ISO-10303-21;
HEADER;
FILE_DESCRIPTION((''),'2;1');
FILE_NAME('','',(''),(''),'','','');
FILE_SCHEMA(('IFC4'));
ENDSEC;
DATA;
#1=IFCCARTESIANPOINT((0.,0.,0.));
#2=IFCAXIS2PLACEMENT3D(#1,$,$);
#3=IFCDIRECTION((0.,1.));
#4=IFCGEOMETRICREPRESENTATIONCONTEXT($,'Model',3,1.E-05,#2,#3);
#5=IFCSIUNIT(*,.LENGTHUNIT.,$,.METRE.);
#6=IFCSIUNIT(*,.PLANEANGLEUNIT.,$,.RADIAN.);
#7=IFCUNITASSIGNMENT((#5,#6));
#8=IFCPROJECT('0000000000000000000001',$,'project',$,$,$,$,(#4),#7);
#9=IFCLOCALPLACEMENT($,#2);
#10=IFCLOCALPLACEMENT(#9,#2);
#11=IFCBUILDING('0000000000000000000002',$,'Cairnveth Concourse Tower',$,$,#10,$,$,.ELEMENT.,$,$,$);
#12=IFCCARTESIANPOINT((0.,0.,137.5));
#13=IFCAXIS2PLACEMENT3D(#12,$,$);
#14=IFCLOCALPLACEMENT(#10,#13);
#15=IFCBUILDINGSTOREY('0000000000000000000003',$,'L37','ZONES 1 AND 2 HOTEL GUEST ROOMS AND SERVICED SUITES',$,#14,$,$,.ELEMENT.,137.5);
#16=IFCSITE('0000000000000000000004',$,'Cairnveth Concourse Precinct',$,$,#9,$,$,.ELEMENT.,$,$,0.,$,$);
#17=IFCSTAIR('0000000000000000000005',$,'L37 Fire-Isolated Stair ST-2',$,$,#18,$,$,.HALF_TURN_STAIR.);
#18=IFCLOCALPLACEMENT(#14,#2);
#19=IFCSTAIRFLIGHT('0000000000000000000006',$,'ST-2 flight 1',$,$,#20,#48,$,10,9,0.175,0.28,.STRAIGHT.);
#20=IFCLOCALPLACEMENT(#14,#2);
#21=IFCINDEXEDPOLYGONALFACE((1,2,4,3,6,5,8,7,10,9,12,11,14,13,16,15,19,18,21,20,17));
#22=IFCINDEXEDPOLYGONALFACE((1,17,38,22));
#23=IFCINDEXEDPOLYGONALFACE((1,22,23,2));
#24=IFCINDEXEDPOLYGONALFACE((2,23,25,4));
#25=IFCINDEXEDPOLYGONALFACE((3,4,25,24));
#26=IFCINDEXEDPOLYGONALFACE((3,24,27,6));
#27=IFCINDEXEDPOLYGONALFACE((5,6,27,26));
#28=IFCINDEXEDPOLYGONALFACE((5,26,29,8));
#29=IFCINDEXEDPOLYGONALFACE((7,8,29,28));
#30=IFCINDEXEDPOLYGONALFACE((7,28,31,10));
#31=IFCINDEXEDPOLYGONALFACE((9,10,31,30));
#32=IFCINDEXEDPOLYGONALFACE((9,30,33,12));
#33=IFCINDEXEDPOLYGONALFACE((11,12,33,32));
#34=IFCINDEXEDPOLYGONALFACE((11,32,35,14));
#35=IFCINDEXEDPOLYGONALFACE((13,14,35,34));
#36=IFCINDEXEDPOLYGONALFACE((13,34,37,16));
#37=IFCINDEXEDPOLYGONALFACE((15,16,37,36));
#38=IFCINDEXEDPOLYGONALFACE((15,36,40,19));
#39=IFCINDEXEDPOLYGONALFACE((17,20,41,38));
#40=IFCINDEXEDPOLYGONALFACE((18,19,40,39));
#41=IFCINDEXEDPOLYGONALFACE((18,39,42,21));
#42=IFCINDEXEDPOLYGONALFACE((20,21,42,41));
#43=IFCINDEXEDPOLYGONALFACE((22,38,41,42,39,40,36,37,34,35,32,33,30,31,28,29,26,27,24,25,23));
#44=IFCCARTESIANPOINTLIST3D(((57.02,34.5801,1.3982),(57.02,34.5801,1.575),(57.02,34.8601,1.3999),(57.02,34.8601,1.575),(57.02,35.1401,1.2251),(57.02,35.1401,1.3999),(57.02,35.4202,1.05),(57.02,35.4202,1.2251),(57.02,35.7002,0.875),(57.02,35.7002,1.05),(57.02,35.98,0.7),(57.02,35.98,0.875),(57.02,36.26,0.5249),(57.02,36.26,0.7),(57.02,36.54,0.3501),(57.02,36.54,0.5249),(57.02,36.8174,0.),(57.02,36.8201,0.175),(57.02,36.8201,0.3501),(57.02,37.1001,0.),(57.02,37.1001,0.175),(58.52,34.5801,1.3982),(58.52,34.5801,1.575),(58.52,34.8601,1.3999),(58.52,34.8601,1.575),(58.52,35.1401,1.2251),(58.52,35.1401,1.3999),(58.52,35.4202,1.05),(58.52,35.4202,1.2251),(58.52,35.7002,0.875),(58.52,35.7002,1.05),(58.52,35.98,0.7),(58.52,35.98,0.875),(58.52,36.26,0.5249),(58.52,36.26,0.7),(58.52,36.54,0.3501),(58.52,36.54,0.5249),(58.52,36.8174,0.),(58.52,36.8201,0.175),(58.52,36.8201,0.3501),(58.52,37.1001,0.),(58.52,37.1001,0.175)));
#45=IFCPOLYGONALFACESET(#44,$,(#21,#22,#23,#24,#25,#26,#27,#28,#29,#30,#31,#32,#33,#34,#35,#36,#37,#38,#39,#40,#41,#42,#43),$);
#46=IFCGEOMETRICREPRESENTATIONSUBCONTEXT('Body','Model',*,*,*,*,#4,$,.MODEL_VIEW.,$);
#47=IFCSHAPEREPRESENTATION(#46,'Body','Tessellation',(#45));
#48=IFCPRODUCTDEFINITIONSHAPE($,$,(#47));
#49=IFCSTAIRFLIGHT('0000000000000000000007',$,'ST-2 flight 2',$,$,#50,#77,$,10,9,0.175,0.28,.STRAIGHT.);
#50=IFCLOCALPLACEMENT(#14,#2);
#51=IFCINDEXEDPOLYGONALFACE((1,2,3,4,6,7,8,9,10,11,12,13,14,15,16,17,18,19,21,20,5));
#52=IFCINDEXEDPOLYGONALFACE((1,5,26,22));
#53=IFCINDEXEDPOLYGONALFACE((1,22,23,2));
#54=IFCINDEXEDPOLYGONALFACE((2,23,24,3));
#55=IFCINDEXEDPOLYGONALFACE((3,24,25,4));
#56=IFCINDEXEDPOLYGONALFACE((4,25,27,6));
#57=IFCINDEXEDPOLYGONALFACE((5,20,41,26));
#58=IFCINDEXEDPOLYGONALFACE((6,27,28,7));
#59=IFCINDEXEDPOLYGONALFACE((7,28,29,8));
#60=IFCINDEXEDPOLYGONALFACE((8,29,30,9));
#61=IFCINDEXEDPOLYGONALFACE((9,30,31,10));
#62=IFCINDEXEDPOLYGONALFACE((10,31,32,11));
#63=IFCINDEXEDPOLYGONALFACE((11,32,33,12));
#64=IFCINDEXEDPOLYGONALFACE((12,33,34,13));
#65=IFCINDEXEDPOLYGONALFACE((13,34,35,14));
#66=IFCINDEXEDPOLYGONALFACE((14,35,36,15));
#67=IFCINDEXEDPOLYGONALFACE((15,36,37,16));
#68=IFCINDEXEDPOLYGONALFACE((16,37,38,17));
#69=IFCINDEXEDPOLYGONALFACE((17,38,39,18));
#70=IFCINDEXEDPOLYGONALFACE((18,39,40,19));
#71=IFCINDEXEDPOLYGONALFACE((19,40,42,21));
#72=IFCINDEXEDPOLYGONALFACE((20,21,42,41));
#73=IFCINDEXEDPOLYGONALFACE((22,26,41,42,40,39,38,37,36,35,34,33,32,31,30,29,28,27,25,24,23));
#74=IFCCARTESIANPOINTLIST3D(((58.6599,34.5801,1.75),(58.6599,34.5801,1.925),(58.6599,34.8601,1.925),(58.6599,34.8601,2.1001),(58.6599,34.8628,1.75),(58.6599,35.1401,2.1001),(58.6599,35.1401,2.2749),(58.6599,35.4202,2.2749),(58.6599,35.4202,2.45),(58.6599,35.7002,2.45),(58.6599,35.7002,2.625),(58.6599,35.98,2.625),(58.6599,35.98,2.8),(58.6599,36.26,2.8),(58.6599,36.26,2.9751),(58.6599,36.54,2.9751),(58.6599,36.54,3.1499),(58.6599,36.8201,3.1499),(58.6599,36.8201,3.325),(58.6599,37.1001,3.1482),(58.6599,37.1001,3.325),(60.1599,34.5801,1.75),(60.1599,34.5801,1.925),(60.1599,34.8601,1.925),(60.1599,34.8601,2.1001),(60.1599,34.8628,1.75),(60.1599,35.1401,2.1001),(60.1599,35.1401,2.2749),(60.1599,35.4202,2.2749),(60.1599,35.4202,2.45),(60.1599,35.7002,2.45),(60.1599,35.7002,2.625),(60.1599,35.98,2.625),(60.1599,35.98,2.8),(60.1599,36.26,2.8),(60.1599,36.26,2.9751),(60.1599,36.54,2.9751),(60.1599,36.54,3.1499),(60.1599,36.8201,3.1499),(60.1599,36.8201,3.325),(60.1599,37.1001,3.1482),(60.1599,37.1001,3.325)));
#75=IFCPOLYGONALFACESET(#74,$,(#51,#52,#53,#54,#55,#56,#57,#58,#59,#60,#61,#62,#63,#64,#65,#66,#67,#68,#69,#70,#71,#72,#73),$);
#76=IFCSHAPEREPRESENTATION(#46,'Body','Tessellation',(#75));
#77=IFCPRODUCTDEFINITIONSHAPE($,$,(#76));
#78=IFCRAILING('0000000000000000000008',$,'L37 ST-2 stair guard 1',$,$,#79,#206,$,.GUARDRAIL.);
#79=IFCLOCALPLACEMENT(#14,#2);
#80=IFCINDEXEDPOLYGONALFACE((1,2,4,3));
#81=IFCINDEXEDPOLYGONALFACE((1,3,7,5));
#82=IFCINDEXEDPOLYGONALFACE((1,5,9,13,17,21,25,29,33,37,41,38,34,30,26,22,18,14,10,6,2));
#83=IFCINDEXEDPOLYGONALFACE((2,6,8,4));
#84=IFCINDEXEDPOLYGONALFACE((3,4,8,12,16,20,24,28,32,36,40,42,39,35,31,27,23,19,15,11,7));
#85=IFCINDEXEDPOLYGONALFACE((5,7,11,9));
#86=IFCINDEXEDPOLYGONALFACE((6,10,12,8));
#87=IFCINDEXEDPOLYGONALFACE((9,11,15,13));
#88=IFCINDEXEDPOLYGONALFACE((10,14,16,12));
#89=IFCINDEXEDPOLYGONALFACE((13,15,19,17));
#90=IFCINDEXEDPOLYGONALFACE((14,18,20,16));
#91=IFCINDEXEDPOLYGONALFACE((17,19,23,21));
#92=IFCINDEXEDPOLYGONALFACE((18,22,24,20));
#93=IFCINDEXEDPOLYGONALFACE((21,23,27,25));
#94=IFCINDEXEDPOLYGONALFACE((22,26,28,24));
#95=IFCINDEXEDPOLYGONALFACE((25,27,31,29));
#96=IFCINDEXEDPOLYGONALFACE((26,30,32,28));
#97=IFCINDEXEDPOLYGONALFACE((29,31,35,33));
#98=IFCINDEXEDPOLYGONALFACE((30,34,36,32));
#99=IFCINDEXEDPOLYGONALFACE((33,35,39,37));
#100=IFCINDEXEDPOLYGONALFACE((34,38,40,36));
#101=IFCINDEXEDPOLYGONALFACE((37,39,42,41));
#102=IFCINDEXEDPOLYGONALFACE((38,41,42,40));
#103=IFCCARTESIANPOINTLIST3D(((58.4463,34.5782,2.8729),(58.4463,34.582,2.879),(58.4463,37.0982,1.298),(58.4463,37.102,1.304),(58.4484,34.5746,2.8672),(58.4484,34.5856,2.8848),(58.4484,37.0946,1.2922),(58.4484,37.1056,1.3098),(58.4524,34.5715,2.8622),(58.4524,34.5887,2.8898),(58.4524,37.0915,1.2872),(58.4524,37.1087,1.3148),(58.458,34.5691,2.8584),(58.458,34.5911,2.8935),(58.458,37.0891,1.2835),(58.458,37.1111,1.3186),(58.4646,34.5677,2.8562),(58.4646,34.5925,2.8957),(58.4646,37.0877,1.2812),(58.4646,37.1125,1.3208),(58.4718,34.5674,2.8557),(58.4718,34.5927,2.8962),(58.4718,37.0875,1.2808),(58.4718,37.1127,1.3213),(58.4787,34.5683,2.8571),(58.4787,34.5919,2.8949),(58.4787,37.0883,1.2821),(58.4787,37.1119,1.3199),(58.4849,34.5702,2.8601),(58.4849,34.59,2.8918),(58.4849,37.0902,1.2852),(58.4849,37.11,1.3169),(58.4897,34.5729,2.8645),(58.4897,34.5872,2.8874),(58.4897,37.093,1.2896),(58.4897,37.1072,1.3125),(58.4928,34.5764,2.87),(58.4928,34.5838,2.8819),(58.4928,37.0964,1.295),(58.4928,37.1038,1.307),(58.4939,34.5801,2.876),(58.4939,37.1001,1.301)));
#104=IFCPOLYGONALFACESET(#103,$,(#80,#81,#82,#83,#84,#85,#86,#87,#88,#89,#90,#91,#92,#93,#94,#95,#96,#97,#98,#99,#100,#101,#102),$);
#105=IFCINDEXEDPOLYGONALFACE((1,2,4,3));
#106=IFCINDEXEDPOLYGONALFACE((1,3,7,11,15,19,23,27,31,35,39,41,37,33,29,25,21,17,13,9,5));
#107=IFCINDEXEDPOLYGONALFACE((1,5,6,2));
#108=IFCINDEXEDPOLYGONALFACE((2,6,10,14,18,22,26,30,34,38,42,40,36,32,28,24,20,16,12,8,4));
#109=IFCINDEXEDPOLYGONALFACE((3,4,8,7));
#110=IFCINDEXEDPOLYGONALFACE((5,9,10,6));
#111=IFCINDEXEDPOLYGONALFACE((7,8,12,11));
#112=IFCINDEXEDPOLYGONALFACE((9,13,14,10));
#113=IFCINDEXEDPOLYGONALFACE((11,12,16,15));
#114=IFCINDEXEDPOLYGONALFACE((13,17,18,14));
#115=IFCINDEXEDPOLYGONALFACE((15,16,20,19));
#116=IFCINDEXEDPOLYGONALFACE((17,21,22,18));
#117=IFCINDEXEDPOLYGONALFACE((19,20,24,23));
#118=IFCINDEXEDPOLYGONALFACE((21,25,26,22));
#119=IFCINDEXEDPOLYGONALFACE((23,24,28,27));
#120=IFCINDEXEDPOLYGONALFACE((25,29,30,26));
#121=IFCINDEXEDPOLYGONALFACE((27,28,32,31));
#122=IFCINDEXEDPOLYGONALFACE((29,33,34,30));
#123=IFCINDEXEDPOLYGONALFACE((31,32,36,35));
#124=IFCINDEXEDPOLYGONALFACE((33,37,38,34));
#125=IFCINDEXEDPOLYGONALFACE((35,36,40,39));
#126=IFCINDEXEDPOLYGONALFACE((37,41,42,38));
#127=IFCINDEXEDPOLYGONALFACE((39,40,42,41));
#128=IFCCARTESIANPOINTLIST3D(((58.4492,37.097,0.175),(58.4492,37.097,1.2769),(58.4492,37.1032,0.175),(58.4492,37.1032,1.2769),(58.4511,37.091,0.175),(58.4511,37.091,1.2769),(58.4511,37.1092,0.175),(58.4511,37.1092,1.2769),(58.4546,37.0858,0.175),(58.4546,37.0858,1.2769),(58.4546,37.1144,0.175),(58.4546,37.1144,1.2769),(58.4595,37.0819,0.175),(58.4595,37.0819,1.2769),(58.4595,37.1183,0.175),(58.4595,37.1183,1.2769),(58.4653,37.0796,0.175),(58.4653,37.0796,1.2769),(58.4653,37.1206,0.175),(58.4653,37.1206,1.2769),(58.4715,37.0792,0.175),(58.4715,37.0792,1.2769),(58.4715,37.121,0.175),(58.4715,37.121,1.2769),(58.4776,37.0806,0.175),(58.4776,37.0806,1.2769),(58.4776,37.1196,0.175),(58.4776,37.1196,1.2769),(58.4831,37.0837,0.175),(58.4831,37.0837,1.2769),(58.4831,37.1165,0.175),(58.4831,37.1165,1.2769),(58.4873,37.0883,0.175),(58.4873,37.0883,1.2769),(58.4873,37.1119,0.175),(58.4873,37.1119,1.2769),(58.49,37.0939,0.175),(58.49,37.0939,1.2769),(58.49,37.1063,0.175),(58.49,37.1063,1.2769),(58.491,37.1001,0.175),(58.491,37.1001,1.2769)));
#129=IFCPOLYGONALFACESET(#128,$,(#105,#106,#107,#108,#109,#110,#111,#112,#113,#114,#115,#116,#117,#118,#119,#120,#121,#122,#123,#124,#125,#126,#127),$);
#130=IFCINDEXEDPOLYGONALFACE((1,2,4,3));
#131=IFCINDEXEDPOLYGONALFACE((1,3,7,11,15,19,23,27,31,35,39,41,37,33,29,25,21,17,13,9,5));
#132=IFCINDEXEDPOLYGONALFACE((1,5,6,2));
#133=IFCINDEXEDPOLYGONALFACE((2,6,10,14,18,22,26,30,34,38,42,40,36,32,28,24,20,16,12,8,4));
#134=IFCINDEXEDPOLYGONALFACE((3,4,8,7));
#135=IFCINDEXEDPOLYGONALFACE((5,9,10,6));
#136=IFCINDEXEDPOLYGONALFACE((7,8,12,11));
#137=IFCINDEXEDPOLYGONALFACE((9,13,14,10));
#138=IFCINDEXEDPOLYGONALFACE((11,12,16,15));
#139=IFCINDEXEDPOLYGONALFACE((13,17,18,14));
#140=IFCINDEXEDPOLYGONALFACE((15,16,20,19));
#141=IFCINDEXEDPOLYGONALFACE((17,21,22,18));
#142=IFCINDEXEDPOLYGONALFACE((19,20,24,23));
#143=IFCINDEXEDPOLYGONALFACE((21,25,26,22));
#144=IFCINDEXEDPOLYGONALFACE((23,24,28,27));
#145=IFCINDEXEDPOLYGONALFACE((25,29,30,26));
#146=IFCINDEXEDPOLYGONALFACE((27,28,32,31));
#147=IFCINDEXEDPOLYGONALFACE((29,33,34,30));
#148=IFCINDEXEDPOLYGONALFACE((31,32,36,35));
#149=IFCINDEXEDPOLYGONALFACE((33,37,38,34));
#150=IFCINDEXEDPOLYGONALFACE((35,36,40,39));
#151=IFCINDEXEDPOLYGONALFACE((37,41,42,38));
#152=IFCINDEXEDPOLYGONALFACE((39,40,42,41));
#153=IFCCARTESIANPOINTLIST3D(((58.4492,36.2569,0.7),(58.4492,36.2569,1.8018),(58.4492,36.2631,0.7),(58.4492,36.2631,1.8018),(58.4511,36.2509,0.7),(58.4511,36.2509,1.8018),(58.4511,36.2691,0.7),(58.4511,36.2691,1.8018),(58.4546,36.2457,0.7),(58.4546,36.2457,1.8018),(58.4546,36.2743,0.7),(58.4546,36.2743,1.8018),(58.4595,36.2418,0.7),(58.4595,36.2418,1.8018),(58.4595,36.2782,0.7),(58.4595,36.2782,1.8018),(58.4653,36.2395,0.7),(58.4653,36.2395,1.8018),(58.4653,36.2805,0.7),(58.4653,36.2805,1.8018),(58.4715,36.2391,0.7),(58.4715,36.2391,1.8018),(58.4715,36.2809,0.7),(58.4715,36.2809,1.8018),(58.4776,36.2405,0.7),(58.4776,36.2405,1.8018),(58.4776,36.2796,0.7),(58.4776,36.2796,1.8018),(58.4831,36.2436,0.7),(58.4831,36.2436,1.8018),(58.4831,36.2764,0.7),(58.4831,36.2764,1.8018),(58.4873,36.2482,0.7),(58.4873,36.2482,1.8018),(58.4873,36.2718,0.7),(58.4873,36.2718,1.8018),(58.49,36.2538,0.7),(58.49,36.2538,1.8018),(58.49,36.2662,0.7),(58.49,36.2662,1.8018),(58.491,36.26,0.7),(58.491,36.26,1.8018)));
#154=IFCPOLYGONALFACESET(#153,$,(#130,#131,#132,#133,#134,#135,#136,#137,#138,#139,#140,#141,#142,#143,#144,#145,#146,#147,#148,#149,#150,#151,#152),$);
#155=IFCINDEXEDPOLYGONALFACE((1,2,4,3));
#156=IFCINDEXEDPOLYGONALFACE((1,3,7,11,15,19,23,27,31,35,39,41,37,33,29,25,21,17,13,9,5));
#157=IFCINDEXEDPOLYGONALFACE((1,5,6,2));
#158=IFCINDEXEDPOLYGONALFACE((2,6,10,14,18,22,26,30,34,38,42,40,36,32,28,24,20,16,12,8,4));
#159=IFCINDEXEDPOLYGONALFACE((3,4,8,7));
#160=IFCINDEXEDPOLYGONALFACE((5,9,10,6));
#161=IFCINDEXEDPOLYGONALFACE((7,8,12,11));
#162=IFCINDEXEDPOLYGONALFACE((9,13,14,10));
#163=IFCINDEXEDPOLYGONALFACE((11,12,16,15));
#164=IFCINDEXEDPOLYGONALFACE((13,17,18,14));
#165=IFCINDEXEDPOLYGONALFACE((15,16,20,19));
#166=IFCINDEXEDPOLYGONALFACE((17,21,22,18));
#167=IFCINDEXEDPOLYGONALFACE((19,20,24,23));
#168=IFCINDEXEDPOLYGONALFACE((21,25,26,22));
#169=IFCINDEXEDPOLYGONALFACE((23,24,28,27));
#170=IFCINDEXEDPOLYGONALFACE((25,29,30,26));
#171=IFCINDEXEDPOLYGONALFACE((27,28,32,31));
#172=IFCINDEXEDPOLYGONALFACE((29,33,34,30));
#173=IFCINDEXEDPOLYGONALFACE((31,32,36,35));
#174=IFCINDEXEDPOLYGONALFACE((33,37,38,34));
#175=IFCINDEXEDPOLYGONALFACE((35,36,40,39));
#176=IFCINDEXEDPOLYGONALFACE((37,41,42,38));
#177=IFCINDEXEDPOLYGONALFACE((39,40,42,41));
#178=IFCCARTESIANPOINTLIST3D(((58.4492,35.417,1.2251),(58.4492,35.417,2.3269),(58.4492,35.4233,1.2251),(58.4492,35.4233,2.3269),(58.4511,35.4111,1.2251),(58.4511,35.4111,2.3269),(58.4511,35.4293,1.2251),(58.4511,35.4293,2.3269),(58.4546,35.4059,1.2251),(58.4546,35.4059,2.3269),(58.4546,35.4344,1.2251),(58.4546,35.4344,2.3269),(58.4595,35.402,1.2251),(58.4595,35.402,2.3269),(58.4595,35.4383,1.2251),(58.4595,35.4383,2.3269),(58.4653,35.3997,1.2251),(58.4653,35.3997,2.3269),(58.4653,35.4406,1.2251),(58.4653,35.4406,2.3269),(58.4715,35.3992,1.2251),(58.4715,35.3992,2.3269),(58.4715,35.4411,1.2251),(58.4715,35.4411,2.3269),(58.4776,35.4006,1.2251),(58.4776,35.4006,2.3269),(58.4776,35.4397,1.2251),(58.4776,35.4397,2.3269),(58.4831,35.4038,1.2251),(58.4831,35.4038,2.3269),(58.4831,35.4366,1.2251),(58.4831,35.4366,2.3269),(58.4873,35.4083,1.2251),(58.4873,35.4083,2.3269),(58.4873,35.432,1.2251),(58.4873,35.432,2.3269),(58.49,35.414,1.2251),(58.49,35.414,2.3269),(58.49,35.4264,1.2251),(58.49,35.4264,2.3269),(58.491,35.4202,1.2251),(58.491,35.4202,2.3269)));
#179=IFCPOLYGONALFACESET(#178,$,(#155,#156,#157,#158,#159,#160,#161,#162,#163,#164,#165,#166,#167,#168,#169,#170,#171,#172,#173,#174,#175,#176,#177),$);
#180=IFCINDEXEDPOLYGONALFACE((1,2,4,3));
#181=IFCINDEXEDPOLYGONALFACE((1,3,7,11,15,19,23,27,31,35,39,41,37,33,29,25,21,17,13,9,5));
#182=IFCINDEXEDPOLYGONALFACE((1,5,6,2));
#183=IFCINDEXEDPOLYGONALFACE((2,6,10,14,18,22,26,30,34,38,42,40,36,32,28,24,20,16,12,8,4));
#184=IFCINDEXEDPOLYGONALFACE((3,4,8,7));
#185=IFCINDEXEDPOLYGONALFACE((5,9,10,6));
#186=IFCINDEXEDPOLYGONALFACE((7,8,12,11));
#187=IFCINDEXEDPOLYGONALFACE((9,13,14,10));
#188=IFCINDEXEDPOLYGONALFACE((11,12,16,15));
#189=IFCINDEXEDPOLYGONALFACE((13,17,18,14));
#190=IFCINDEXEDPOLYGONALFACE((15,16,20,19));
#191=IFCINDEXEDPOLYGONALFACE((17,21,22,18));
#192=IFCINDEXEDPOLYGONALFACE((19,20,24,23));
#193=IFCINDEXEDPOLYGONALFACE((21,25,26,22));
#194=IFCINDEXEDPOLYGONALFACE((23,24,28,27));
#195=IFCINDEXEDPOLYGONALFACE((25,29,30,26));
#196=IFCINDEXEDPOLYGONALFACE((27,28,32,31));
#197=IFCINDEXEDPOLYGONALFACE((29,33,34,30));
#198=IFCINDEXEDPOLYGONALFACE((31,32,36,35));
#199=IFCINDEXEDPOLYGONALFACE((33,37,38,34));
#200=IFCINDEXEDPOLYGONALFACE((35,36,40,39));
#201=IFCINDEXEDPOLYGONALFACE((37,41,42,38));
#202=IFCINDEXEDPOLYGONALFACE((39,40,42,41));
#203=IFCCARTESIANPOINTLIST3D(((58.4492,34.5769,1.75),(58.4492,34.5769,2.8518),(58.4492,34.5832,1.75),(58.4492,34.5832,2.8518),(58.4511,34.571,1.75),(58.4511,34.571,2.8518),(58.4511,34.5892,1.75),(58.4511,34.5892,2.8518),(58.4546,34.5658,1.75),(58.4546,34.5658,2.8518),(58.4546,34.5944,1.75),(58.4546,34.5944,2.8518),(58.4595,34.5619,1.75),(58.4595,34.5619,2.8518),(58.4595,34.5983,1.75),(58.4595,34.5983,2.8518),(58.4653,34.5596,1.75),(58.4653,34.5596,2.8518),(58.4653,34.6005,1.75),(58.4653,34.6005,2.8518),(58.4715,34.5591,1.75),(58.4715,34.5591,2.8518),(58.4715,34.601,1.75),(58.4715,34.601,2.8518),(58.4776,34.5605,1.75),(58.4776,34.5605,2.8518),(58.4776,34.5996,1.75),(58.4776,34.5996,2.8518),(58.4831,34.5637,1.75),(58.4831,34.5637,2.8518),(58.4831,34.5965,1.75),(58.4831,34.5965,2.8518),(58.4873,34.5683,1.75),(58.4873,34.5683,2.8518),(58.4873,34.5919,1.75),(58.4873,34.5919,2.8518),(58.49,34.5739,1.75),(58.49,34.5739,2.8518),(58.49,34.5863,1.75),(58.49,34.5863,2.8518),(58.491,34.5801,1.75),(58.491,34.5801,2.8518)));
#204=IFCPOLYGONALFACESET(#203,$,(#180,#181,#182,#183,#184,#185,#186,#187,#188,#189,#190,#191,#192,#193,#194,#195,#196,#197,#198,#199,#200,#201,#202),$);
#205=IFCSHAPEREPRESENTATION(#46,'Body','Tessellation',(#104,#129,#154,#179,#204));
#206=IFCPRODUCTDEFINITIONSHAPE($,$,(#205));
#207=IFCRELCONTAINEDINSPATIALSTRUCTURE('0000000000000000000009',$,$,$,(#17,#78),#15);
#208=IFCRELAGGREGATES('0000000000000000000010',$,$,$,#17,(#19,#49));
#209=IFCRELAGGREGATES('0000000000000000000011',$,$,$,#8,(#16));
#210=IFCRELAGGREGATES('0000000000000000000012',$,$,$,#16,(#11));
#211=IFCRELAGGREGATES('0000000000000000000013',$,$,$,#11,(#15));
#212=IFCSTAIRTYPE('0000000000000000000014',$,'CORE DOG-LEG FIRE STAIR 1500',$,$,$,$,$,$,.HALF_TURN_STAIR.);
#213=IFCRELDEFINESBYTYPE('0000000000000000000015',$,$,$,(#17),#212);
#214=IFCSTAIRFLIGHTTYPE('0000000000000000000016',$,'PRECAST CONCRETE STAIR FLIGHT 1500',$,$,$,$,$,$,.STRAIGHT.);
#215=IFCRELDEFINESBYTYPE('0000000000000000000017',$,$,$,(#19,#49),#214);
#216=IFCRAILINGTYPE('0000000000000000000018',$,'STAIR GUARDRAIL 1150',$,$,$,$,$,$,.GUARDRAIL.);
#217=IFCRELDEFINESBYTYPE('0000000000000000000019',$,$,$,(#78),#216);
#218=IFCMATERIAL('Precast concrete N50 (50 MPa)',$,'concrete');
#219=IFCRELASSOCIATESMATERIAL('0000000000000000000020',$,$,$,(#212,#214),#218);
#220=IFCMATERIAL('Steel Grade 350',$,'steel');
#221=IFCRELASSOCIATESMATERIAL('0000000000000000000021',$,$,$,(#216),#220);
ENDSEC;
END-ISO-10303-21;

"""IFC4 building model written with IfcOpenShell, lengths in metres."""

from ifc_helpers import new_model, si_unit, direction, frame, origin, origin_2d, place, context, subcontext, project, spatial, polyline, circle, outline, extrude, material, type_object, element, aggregate, save


model = new_model("IFC4")

# Units and contexts
model_context = context("Model", 3, precision=1e-05, world=origin(), true_north=direction((0.0, 1.0)))
body_context = subcontext(model_context, "Body", "Model", "MODEL_VIEW")
ifc_project = project(units=[si_unit("LENGTHUNIT", "METRE"), si_unit("PLANEANGLEUNIT", "RADIAN")], contexts=[model_context])

# Site, building, storey
site_placement = place(None, origin())
site = spatial("IfcSite", under=ifc_project, at=site_placement, Name="Cairnveth Concourse Precinct", CompositionType="ELEMENT", RefElevation=0.0)
building_placement = place(site_placement, origin())
building = spatial("IfcBuilding", under=site, at=building_placement, Name="Cairnveth Concourse Tower", CompositionType="ELEMENT")
storey_placement = place(building_placement, frame((0.0, 0.0, 137.5)))
storey = spatial("IfcBuildingStorey", under=building, at=storey_placement, Name="L37", Description="ZONES 1 AND 2 HOTEL GUEST ROOMS AND SERVICED SUITES", CompositionType="ELEMENT", Elevation=137.5)

# Shared definitions
ifc_material_1 = material(Name="Steel Grade 350", Category="steel")

# Stair, stair flights
ifc_material_2 = material(Name="Precast concrete N50 (50 MPa)", Category="concrete")
stair_type = type_object("IfcStairType", Name="CORE DOG-LEG FIRE STAIR 1500", PredefinedType="HALF_TURN_STAIR", material=ifc_material_2)
stair_placement = place(storey_placement, origin())
stair = element("IfcStair", 1, at=stair_placement, inside=storey, type_object=stair_type, Name="L37 Fire-Isolated Stair ST-2", PredefinedType="HALF_TURN_STAIR")
stair_flight_type = type_object("IfcStairFlightType", Name="PRECAST CONCRETE STAIR FLIGHT 1500", PredefinedType="STRAIGHT", material=ifc_material_2)
stair_flight_1_placement = place(storey_placement, frame((57.77, 37.1001, 0.0), z_axis=(0.0, 0.0, 1.0), x_axis=(0.0, -1.0, 0.0)))
stair_flight_1 = element("IfcStairFlight", 2, at=stair_flight_1_placement, type_object=stair_flight_type, Name="ST-2 flight 1", NumberOfRisers=10, NumberOfTreads=9, PredefinedType="STRAIGHT", RiserHeight=0.175, TreadLength=0.28, context=body_context, shape_type="SweptSolid", body=[
    extrude(outline(polyline([(0.0, 0.0), (0.0, 0.175), (0.28, 0.175), (0.28, 0.3501), (0.5601, 0.3501), (0.5601, 0.5249), (0.8401, 0.5249), (0.8401, 0.7), (1.1201, 0.7), (1.1201, 0.875), (1.3999, 0.875), (1.3999, 1.05), (1.6799, 1.05), (1.6799, 1.2251), (1.96, 1.2251), (1.96, 1.3999), (2.24, 1.3999), (2.24, 1.575), (2.52, 1.575), (2.52, 1.75), (2.52, 1.3982), (0.2827, 0.0), (0.0, 0.0)])), frame((0.0, 0.75, 0.0), z_axis=(0.0, -1.0, 0.0), x_axis=(1.0, 0.0, 0.0)), (0.0, 0.0, 1.0), 1.5),
])
stair_flight_2_placement = place(storey_placement, frame((59.4099, 34.5801, 1.75), z_axis=(0.0, 0.0, 1.0), x_axis=(0.0, 1.0, 0.0)))
stair_flight_2 = element("IfcStairFlight", 3, at=stair_flight_2_placement, type_object=stair_flight_type, Name="ST-2 flight 2", NumberOfRisers=10, NumberOfTreads=9, PredefinedType="STRAIGHT", RiserHeight=0.175, TreadLength=0.28, context=body_context, shape_type="SweptSolid", body=[
    extrude(outline(polyline([(0.0, 0.0), (0.0, 0.175), (0.28, 0.175), (0.28, 0.3501), (0.5601, 0.3501), (0.5601, 0.5249), (0.8401, 0.5249), (0.8401, 0.7), (1.1201, 0.7), (1.1201, 0.875), (1.3999, 0.875), (1.3999, 1.05), (1.6799, 1.05), (1.6799, 1.2251), (1.96, 1.2251), (1.96, 1.3999), (2.24, 1.3999), (2.24, 1.575), (2.52, 1.575), (2.52, 1.75), (2.52, 1.3982), (0.2827, 0.0), (0.0, 0.0)])), frame((0.0, 0.75, 0.0), z_axis=(0.0, -1.0, 0.0), x_axis=(1.0, 0.0, 0.0)), (0.0, 0.0, 1.0), 1.5),
])
aggregate(stair, [stair_flight_1, stair_flight_2])

# Railing
railing_type_1 = type_object("IfcRailingType", Name="STAIR GUARDRAIL 1150", PredefinedType="GUARDRAIL", material=ifc_material_1)
railing_1_placement = place(storey_placement, frame((58.47, 37.1001, 0.175)))
element("IfcRailing", 4, at=railing_1_placement, inside=storey, type_object=railing_type_1, Name="L37 ST-2 stair guard 1", PredefinedType="GUARDRAIL", context=body_context, shape_type="SweptSolid", body=[
    extrude(circle(Radius=0.0239, at=origin_2d()), frame((0.0, 0.0, 1.126), z_axis=(0.0, -0.848008, 0.529984), x_axis=(1.0, 0.0, 0.0)), (0.0, 0.0, 1.0), 2.9717),
    extrude(circle(Radius=0.021, at=origin_2d()), origin(), (0.0, 0.0, 1.0), 1.1018),
    extrude(circle(Radius=0.021, at=origin_2d()), frame((0.0, -0.8401, 0.5249)), (0.0, 0.0, 1.0), 1.1018),
    extrude(circle(Radius=0.021, at=origin_2d()), frame((0.0, -1.6799, 1.05)), (0.0, 0.0, 1.0), 1.1018),
    extrude(circle(Radius=0.021, at=origin_2d()), frame((0.0, -2.52, 1.575)), (0.0, 0.0, 1.0), 1.1018),
])

save(model, "model.ifc")
